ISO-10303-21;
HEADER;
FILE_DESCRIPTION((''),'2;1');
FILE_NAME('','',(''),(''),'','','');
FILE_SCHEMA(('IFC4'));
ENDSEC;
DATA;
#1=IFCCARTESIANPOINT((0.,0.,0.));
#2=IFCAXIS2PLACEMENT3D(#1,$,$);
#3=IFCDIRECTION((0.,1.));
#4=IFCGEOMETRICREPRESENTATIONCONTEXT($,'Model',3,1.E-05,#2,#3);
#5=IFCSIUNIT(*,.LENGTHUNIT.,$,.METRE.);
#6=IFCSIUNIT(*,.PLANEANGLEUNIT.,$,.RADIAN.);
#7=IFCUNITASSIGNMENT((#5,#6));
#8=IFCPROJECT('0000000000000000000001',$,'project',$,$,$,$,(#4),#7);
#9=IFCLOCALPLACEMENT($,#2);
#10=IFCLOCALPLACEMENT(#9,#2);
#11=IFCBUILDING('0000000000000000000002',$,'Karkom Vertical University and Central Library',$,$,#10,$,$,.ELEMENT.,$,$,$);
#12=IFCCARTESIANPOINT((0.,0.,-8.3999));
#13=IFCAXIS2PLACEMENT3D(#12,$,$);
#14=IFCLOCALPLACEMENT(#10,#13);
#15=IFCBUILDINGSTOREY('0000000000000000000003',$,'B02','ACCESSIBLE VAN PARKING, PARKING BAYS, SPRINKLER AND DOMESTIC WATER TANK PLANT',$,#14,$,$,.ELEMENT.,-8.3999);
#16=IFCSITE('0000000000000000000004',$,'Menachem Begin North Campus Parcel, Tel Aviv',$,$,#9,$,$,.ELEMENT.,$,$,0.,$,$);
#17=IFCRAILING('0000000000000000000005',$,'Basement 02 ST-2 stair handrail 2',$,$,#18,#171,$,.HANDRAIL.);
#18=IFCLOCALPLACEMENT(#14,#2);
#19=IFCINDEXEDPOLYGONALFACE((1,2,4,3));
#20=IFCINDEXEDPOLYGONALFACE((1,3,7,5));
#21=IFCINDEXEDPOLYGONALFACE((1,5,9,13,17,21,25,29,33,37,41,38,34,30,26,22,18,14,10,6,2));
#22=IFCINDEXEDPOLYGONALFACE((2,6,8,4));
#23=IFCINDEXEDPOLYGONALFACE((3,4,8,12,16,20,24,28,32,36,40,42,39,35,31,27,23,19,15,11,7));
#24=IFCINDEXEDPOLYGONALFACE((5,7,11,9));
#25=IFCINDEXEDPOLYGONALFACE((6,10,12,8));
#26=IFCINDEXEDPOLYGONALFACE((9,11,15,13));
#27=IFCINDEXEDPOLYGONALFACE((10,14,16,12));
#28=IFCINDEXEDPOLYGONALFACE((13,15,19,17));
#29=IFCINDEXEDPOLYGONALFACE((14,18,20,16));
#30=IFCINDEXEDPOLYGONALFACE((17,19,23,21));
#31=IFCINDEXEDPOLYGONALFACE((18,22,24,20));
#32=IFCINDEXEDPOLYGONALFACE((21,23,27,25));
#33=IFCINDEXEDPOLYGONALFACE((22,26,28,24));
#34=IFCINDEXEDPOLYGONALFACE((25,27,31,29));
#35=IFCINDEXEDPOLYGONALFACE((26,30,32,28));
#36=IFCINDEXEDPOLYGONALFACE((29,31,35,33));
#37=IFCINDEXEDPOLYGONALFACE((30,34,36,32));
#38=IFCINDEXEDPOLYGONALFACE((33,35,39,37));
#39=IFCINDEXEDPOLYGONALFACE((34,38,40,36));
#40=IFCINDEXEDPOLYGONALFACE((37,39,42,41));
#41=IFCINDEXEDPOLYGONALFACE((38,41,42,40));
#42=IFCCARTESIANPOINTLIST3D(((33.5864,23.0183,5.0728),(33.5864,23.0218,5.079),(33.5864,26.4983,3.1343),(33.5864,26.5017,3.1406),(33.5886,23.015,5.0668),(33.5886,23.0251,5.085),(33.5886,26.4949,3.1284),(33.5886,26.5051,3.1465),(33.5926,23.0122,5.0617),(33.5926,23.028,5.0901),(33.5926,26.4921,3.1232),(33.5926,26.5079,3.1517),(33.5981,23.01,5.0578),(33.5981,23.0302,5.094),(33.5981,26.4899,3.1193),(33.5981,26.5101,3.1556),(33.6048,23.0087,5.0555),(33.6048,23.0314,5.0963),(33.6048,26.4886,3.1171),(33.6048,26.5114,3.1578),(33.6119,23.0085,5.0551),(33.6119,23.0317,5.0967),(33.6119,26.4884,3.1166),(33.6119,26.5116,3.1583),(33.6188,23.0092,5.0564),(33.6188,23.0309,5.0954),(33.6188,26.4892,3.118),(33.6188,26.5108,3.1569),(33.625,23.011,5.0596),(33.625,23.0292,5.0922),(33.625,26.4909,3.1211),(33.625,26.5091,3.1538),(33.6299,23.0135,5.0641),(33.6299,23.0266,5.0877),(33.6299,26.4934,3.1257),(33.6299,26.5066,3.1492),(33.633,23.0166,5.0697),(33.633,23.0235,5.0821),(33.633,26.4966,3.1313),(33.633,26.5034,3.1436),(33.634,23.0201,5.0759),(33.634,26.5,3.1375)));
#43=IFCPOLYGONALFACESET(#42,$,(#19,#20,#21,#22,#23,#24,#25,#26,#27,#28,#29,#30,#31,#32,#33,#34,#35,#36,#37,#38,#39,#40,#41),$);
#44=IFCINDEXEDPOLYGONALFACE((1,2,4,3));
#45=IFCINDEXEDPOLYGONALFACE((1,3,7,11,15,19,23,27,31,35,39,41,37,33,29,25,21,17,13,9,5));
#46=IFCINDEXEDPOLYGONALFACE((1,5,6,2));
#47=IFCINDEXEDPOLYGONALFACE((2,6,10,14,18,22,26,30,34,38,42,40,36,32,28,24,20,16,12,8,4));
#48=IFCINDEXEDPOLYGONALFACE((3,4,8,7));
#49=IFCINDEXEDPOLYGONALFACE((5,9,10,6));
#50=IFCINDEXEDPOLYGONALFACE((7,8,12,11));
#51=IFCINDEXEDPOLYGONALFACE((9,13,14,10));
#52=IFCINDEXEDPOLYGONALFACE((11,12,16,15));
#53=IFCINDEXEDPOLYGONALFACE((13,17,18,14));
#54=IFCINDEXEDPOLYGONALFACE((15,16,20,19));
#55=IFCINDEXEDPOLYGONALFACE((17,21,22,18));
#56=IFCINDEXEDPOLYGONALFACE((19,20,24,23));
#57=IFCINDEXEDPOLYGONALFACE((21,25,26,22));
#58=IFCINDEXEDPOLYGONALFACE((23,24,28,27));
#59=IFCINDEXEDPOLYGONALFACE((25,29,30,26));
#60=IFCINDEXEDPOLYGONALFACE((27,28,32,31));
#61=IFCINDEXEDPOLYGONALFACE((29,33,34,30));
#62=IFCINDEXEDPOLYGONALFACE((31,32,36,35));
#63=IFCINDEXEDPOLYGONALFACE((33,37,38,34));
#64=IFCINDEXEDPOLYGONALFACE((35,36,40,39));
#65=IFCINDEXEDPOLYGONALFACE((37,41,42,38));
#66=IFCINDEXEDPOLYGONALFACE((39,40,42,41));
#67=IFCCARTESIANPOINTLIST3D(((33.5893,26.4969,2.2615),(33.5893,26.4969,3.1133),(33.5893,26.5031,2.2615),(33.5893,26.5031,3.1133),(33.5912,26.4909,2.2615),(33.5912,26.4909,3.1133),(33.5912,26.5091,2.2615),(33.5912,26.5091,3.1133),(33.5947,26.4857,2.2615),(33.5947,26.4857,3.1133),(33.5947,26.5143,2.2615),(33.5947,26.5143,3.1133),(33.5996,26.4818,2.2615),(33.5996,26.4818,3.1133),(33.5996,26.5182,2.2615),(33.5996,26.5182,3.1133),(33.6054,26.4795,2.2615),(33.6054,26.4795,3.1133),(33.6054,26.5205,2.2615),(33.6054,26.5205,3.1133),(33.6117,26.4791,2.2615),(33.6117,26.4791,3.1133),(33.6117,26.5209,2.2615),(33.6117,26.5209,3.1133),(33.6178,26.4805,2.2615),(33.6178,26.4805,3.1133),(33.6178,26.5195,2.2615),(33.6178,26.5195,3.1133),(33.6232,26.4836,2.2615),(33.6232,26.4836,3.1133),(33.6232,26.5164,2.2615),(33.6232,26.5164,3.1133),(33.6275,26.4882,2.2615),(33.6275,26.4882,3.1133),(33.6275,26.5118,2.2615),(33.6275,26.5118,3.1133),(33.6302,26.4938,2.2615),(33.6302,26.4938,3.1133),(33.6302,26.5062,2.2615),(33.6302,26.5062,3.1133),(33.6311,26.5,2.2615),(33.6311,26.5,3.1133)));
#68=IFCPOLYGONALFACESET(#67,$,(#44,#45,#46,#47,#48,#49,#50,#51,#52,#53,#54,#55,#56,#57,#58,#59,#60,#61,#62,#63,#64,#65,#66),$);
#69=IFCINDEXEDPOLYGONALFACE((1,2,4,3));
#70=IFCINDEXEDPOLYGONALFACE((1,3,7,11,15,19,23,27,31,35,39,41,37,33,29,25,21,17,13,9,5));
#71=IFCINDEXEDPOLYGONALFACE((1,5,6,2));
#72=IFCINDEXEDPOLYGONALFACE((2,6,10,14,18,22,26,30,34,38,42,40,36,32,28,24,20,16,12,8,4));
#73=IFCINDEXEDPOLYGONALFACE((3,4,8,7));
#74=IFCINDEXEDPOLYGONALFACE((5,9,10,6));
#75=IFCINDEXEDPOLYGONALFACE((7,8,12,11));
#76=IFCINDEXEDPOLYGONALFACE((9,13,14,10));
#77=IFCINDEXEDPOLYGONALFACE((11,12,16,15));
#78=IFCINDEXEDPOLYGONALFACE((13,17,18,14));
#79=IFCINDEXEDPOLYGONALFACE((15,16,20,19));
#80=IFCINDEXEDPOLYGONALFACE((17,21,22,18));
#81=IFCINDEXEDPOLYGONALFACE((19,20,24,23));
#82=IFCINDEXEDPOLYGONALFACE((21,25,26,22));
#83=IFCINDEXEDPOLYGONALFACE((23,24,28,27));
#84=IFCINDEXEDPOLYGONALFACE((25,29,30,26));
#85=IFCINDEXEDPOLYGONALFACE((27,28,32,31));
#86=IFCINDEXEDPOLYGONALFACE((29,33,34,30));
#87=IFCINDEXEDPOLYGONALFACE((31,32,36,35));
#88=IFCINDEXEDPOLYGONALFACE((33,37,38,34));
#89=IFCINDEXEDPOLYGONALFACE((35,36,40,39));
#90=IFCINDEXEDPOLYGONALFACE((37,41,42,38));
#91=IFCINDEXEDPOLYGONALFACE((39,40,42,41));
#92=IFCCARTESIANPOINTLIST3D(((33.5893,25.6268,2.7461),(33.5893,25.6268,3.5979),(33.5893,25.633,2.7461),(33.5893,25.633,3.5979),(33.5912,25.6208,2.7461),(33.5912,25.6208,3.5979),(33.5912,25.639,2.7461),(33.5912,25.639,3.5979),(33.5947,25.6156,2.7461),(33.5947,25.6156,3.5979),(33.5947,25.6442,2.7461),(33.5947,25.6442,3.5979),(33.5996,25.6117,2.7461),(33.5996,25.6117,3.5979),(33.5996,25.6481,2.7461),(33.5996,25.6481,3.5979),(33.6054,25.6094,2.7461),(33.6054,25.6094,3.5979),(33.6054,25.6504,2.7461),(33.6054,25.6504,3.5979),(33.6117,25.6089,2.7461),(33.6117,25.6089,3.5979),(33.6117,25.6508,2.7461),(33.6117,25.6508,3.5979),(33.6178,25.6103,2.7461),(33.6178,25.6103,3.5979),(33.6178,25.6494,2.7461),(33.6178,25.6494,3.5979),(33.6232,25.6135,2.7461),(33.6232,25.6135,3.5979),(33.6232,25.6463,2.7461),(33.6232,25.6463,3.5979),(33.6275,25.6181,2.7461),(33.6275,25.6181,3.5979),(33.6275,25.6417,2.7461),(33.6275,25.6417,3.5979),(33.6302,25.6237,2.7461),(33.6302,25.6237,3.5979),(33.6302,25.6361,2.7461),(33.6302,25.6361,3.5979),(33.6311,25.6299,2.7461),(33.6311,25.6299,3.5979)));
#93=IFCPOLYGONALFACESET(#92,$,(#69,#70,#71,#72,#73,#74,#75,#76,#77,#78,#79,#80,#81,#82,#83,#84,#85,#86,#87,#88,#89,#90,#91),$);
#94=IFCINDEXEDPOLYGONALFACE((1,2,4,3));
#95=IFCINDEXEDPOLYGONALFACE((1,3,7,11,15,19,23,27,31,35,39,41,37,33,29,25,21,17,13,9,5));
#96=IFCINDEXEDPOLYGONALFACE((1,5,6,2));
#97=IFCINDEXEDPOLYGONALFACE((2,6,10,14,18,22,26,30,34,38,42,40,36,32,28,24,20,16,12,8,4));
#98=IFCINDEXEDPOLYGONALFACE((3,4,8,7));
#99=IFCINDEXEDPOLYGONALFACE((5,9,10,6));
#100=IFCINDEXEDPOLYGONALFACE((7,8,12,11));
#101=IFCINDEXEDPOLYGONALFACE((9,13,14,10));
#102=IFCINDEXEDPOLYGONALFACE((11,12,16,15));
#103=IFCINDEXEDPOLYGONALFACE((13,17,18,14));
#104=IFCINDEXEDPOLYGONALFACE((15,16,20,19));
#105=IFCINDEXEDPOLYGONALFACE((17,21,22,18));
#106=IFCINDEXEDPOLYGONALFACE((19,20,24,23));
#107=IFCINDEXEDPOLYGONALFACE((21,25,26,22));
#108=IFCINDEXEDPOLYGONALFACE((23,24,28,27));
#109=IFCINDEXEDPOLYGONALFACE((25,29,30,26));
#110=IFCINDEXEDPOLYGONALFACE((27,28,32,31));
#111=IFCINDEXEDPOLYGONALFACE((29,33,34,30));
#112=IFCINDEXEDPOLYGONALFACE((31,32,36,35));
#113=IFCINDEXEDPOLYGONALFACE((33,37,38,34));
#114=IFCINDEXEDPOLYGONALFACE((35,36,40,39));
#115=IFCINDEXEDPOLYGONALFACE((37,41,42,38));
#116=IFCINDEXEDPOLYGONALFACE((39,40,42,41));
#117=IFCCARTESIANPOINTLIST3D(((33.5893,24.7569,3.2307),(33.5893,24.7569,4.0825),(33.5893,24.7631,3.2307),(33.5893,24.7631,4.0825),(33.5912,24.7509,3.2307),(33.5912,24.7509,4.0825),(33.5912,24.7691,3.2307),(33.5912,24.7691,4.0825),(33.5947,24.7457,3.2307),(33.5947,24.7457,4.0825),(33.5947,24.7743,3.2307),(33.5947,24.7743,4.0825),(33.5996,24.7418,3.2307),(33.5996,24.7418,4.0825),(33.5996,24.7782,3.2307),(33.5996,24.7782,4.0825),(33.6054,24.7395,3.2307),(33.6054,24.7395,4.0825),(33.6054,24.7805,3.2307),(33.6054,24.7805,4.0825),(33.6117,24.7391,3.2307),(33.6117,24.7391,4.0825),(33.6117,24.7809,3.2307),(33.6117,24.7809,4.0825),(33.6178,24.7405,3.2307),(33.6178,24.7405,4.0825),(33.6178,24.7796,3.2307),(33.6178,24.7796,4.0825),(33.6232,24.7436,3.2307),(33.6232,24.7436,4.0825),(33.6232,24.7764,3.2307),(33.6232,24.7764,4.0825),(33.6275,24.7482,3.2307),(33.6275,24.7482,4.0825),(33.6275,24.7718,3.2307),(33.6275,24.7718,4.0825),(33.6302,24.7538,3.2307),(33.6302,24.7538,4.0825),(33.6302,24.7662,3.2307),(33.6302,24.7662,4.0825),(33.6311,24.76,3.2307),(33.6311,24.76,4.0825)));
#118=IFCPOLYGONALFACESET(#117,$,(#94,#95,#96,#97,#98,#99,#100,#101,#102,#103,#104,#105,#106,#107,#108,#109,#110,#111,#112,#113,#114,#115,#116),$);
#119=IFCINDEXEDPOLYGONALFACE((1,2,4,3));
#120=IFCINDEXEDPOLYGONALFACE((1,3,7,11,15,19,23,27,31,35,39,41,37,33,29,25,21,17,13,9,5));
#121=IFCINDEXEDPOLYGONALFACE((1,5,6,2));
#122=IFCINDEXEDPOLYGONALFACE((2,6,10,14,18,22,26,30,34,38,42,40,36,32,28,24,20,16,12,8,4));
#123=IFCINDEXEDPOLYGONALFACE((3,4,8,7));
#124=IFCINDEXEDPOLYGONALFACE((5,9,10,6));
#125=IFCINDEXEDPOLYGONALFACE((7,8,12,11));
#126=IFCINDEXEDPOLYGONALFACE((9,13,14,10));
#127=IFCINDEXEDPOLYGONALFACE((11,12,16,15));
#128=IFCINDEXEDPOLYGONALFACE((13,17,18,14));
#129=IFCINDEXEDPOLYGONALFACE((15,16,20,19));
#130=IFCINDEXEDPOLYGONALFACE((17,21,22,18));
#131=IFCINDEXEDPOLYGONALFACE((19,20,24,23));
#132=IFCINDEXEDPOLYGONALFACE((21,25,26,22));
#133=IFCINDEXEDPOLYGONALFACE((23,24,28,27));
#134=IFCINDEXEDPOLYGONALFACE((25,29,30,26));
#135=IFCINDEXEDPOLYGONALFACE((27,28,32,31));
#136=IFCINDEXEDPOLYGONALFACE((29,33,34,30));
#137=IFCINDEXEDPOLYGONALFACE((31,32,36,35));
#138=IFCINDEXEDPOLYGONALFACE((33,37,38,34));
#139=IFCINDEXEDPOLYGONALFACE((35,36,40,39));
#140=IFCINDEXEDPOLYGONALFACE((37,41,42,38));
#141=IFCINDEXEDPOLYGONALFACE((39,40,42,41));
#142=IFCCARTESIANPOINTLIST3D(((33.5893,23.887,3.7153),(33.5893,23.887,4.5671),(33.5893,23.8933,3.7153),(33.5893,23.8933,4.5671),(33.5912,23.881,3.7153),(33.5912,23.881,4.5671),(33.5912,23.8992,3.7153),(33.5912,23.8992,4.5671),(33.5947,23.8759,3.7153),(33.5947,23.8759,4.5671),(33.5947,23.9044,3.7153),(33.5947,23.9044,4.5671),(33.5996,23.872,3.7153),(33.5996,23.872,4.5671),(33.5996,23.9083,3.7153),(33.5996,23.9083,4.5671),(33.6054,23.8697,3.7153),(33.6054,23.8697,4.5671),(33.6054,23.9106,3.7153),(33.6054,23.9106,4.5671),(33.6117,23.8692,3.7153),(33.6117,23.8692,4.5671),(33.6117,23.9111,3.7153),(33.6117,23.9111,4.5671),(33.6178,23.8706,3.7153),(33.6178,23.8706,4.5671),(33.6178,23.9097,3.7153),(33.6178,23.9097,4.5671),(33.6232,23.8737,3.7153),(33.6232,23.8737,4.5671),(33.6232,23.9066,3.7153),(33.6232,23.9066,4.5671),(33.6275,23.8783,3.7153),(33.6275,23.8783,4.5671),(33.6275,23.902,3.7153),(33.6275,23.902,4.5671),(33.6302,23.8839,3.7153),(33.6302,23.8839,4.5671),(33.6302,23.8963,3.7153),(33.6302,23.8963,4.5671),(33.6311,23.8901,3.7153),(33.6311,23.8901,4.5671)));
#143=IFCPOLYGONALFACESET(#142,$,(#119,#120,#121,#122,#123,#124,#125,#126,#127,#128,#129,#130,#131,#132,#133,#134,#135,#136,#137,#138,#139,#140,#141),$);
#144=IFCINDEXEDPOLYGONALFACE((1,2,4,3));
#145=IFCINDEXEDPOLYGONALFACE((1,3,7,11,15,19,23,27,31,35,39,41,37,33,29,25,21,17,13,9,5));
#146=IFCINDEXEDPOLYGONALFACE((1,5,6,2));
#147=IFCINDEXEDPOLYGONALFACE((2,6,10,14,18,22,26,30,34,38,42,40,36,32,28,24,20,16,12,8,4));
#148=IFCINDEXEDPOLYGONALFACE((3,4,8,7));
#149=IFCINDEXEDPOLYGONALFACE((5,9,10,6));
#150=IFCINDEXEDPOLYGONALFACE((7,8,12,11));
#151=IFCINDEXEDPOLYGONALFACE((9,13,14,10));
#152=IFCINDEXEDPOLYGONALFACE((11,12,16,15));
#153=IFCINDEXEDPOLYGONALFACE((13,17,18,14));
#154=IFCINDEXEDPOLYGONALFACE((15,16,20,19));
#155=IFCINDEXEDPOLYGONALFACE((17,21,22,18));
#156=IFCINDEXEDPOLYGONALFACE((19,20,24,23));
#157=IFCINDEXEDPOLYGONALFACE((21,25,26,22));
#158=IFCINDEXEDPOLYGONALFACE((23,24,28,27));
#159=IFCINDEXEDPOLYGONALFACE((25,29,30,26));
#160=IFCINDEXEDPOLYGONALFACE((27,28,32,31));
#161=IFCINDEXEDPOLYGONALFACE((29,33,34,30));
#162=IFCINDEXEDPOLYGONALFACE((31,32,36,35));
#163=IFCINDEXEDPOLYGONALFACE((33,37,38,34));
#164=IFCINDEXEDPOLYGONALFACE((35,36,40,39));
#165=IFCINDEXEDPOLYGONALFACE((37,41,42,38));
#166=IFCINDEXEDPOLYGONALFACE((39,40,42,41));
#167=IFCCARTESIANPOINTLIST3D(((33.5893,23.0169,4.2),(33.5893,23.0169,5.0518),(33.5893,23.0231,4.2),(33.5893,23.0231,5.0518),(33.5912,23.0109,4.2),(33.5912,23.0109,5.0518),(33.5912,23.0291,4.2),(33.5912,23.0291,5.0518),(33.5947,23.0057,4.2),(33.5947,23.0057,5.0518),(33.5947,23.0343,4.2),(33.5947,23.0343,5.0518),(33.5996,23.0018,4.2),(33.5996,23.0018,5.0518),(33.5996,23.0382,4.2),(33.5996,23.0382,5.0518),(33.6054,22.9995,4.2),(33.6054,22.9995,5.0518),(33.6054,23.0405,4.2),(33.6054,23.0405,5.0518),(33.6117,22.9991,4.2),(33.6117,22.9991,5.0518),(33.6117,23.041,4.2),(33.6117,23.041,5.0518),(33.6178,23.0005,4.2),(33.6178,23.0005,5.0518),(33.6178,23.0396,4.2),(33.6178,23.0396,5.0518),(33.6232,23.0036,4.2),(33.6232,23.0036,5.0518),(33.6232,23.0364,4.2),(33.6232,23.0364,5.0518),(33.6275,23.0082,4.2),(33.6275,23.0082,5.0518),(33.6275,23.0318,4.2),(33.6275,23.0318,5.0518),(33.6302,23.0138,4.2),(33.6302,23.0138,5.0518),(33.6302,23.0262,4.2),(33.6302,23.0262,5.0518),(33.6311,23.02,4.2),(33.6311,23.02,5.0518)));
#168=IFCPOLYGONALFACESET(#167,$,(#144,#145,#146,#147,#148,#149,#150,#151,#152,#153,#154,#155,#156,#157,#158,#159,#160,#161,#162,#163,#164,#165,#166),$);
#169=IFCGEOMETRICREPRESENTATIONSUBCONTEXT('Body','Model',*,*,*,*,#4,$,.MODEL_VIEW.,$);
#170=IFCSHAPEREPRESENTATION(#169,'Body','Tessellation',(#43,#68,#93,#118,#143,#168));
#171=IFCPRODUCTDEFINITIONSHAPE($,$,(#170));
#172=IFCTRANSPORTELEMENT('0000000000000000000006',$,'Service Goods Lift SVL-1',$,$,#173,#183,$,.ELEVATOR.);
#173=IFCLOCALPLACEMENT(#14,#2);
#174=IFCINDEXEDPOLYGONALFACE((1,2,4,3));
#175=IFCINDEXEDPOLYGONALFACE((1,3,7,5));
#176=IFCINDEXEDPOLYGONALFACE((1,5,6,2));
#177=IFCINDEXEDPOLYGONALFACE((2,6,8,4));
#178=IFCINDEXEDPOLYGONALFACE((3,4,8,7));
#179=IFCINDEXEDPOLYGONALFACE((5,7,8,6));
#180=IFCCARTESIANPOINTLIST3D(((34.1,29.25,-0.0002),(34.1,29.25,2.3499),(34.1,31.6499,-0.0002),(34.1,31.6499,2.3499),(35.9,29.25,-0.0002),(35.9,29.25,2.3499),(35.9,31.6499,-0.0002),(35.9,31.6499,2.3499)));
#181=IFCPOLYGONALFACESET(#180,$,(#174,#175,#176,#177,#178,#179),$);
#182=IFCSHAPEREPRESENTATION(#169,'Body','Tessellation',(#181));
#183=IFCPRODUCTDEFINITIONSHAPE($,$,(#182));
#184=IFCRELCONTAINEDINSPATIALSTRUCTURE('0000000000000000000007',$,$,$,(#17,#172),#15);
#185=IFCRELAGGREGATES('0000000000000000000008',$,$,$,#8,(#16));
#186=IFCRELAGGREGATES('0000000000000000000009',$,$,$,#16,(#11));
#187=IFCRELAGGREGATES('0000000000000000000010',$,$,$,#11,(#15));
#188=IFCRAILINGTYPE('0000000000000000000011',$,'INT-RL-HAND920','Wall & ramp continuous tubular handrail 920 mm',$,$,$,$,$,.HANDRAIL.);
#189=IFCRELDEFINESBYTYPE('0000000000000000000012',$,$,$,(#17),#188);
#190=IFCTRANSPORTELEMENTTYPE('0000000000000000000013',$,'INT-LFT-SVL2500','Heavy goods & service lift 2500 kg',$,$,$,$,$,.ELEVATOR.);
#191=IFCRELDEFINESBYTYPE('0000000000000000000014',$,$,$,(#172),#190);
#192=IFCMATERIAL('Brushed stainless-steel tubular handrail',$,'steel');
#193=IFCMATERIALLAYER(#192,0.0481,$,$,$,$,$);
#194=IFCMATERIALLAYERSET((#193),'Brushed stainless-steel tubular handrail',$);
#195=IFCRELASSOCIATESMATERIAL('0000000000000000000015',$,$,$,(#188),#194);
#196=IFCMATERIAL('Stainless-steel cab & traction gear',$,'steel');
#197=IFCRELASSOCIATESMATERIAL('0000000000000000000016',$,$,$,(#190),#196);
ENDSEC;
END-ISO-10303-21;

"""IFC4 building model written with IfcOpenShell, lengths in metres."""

from ifc_helpers import new_model, si_unit, direction, frame, origin, origin_with_axes, origin_2d, place, context, subcontext, project, spatial, rectangle, circle, extrude, source, transform, mapped, material, layer, layer_set, type_object, element, save


model = new_model("IFC4")

# Units and contexts
model_context = context("Model", 3, precision=1e-05, world=origin(), true_north=direction((0.0, 1.0)))
body_context = subcontext(model_context, "Body", "Model", "MODEL_VIEW")
ifc_project = project(units=[si_unit("LENGTHUNIT", "METRE"), si_unit("PLANEANGLEUNIT", "RADIAN")], contexts=[model_context])

# Site, building, storey
site_placement = place(None, origin())
site = spatial("IfcSite", under=ifc_project, at=site_placement, Name="Menachem Begin North Campus Parcel, Tel Aviv", CompositionType="ELEMENT", RefElevation=0.0)
building_placement = place(site_placement, origin())
building = spatial("IfcBuilding", under=site, at=building_placement, Name="Karkom Vertical University and Central Library", CompositionType="ELEMENT")
storey_placement = place(building_placement, frame((0.0, 0.0, -8.3999)))
storey = spatial("IfcBuildingStorey", under=building, at=storey_placement, Name="B02", Description="ACCESSIBLE VAN PARKING, PARKING BAYS, SPRINKLER AND DOMESTIC WATER TANK PLANT", CompositionType="ELEMENT", Elevation=-8.3999)

# Railing
ifc_material_1 = material(Name="Brushed stainless-steel tubular handrail", Category="steel")
ifc_layer_1 = layer(ifc_material_1, 0.0481)
ifc_layer_set_1 = layer_set([ifc_layer_1], Name="Brushed stainless-steel tubular handrail")
railing_type_1 = type_object("IfcRailingType", Name="INT-RL-HAND920", Description="Wall & ramp continuous tubular handrail 920 mm", PredefinedType="HANDRAIL", material=ifc_layer_set_1)
railing_1_placement = place(storey_placement, frame((33.6101, 26.5, 2.2615)))
element("IfcRailing", 1, at=railing_1_placement, inside=storey, type_object=railing_type_1, Name="Basement 02 ST-2 stair handrail 2", PredefinedType="HANDRAIL", context=body_context, shape_type="SweptSolid", body=[
    extrude(circle(Radius=0.0239, at=origin_2d()), frame((0.0, 0.0, 0.876), z_axis=(0.0, -0.873607, 0.486631), x_axis=(1.0, 0.0, 0.0)), (0.0, 0.0, 1.0), 3.9834),
    extrude(circle(Radius=0.021, at=origin_2d()), origin(), (0.0, 0.0, 1.0), 0.8518),
    extrude(circle(Radius=0.021, at=origin_2d()), frame((0.0, -0.8701, 0.4846)), (0.0, 0.0, 1.0), 0.8518),
    extrude(circle(Radius=0.021, at=origin_2d()), frame((0.0, -1.74, 0.9692)), (0.0, 0.0, 1.0), 0.8518),
    extrude(circle(Radius=0.021, at=origin_2d()), frame((0.0, -2.6099, 1.4539)), (0.0, 0.0, 1.0), 0.8518),
    extrude(circle(Radius=0.021, at=origin_2d()), frame((0.0, -3.48, 1.9385)), (0.0, 0.0, 1.0), 0.8518),
])

# Transport element
ifc_material_2 = material(Name="Stainless-steel cab & traction gear", Category="steel")
transport_element_type = type_object("IfcTransportElementType", Name="INT-LFT-SVL2500", Description="Heavy goods & service lift 2500 kg", PredefinedType="ELEVATOR", material=ifc_material_2)
shared_shape_1 = source(origin_with_axes(), body_context, "Body", "SweptSolid", [
    extrude(rectangle(XDim=1.8, YDim=2.3999, at=origin_2d()), origin(), (0.0, 0.0, 1.0), 2.3501),
])
transport_element_placement = place(storey_placement, frame((35.0, 30.45, -0.0002), z_axis=(0.0, 0.0, 1.0), x_axis=(1.0, 0.0, 0.0)))
element("IfcTransportElement", 2, at=transport_element_placement, inside=storey, type_object=transport_element_type, Name="Service Goods Lift SVL-1", PredefinedType="ELEVATOR", context=body_context, shape_type="MappedRepresentation", body=[
    mapped(shared_shape_1, transform((0.0, 0.0, 0.0), scale=1.0)),
])

save(model, "model.ifc")
